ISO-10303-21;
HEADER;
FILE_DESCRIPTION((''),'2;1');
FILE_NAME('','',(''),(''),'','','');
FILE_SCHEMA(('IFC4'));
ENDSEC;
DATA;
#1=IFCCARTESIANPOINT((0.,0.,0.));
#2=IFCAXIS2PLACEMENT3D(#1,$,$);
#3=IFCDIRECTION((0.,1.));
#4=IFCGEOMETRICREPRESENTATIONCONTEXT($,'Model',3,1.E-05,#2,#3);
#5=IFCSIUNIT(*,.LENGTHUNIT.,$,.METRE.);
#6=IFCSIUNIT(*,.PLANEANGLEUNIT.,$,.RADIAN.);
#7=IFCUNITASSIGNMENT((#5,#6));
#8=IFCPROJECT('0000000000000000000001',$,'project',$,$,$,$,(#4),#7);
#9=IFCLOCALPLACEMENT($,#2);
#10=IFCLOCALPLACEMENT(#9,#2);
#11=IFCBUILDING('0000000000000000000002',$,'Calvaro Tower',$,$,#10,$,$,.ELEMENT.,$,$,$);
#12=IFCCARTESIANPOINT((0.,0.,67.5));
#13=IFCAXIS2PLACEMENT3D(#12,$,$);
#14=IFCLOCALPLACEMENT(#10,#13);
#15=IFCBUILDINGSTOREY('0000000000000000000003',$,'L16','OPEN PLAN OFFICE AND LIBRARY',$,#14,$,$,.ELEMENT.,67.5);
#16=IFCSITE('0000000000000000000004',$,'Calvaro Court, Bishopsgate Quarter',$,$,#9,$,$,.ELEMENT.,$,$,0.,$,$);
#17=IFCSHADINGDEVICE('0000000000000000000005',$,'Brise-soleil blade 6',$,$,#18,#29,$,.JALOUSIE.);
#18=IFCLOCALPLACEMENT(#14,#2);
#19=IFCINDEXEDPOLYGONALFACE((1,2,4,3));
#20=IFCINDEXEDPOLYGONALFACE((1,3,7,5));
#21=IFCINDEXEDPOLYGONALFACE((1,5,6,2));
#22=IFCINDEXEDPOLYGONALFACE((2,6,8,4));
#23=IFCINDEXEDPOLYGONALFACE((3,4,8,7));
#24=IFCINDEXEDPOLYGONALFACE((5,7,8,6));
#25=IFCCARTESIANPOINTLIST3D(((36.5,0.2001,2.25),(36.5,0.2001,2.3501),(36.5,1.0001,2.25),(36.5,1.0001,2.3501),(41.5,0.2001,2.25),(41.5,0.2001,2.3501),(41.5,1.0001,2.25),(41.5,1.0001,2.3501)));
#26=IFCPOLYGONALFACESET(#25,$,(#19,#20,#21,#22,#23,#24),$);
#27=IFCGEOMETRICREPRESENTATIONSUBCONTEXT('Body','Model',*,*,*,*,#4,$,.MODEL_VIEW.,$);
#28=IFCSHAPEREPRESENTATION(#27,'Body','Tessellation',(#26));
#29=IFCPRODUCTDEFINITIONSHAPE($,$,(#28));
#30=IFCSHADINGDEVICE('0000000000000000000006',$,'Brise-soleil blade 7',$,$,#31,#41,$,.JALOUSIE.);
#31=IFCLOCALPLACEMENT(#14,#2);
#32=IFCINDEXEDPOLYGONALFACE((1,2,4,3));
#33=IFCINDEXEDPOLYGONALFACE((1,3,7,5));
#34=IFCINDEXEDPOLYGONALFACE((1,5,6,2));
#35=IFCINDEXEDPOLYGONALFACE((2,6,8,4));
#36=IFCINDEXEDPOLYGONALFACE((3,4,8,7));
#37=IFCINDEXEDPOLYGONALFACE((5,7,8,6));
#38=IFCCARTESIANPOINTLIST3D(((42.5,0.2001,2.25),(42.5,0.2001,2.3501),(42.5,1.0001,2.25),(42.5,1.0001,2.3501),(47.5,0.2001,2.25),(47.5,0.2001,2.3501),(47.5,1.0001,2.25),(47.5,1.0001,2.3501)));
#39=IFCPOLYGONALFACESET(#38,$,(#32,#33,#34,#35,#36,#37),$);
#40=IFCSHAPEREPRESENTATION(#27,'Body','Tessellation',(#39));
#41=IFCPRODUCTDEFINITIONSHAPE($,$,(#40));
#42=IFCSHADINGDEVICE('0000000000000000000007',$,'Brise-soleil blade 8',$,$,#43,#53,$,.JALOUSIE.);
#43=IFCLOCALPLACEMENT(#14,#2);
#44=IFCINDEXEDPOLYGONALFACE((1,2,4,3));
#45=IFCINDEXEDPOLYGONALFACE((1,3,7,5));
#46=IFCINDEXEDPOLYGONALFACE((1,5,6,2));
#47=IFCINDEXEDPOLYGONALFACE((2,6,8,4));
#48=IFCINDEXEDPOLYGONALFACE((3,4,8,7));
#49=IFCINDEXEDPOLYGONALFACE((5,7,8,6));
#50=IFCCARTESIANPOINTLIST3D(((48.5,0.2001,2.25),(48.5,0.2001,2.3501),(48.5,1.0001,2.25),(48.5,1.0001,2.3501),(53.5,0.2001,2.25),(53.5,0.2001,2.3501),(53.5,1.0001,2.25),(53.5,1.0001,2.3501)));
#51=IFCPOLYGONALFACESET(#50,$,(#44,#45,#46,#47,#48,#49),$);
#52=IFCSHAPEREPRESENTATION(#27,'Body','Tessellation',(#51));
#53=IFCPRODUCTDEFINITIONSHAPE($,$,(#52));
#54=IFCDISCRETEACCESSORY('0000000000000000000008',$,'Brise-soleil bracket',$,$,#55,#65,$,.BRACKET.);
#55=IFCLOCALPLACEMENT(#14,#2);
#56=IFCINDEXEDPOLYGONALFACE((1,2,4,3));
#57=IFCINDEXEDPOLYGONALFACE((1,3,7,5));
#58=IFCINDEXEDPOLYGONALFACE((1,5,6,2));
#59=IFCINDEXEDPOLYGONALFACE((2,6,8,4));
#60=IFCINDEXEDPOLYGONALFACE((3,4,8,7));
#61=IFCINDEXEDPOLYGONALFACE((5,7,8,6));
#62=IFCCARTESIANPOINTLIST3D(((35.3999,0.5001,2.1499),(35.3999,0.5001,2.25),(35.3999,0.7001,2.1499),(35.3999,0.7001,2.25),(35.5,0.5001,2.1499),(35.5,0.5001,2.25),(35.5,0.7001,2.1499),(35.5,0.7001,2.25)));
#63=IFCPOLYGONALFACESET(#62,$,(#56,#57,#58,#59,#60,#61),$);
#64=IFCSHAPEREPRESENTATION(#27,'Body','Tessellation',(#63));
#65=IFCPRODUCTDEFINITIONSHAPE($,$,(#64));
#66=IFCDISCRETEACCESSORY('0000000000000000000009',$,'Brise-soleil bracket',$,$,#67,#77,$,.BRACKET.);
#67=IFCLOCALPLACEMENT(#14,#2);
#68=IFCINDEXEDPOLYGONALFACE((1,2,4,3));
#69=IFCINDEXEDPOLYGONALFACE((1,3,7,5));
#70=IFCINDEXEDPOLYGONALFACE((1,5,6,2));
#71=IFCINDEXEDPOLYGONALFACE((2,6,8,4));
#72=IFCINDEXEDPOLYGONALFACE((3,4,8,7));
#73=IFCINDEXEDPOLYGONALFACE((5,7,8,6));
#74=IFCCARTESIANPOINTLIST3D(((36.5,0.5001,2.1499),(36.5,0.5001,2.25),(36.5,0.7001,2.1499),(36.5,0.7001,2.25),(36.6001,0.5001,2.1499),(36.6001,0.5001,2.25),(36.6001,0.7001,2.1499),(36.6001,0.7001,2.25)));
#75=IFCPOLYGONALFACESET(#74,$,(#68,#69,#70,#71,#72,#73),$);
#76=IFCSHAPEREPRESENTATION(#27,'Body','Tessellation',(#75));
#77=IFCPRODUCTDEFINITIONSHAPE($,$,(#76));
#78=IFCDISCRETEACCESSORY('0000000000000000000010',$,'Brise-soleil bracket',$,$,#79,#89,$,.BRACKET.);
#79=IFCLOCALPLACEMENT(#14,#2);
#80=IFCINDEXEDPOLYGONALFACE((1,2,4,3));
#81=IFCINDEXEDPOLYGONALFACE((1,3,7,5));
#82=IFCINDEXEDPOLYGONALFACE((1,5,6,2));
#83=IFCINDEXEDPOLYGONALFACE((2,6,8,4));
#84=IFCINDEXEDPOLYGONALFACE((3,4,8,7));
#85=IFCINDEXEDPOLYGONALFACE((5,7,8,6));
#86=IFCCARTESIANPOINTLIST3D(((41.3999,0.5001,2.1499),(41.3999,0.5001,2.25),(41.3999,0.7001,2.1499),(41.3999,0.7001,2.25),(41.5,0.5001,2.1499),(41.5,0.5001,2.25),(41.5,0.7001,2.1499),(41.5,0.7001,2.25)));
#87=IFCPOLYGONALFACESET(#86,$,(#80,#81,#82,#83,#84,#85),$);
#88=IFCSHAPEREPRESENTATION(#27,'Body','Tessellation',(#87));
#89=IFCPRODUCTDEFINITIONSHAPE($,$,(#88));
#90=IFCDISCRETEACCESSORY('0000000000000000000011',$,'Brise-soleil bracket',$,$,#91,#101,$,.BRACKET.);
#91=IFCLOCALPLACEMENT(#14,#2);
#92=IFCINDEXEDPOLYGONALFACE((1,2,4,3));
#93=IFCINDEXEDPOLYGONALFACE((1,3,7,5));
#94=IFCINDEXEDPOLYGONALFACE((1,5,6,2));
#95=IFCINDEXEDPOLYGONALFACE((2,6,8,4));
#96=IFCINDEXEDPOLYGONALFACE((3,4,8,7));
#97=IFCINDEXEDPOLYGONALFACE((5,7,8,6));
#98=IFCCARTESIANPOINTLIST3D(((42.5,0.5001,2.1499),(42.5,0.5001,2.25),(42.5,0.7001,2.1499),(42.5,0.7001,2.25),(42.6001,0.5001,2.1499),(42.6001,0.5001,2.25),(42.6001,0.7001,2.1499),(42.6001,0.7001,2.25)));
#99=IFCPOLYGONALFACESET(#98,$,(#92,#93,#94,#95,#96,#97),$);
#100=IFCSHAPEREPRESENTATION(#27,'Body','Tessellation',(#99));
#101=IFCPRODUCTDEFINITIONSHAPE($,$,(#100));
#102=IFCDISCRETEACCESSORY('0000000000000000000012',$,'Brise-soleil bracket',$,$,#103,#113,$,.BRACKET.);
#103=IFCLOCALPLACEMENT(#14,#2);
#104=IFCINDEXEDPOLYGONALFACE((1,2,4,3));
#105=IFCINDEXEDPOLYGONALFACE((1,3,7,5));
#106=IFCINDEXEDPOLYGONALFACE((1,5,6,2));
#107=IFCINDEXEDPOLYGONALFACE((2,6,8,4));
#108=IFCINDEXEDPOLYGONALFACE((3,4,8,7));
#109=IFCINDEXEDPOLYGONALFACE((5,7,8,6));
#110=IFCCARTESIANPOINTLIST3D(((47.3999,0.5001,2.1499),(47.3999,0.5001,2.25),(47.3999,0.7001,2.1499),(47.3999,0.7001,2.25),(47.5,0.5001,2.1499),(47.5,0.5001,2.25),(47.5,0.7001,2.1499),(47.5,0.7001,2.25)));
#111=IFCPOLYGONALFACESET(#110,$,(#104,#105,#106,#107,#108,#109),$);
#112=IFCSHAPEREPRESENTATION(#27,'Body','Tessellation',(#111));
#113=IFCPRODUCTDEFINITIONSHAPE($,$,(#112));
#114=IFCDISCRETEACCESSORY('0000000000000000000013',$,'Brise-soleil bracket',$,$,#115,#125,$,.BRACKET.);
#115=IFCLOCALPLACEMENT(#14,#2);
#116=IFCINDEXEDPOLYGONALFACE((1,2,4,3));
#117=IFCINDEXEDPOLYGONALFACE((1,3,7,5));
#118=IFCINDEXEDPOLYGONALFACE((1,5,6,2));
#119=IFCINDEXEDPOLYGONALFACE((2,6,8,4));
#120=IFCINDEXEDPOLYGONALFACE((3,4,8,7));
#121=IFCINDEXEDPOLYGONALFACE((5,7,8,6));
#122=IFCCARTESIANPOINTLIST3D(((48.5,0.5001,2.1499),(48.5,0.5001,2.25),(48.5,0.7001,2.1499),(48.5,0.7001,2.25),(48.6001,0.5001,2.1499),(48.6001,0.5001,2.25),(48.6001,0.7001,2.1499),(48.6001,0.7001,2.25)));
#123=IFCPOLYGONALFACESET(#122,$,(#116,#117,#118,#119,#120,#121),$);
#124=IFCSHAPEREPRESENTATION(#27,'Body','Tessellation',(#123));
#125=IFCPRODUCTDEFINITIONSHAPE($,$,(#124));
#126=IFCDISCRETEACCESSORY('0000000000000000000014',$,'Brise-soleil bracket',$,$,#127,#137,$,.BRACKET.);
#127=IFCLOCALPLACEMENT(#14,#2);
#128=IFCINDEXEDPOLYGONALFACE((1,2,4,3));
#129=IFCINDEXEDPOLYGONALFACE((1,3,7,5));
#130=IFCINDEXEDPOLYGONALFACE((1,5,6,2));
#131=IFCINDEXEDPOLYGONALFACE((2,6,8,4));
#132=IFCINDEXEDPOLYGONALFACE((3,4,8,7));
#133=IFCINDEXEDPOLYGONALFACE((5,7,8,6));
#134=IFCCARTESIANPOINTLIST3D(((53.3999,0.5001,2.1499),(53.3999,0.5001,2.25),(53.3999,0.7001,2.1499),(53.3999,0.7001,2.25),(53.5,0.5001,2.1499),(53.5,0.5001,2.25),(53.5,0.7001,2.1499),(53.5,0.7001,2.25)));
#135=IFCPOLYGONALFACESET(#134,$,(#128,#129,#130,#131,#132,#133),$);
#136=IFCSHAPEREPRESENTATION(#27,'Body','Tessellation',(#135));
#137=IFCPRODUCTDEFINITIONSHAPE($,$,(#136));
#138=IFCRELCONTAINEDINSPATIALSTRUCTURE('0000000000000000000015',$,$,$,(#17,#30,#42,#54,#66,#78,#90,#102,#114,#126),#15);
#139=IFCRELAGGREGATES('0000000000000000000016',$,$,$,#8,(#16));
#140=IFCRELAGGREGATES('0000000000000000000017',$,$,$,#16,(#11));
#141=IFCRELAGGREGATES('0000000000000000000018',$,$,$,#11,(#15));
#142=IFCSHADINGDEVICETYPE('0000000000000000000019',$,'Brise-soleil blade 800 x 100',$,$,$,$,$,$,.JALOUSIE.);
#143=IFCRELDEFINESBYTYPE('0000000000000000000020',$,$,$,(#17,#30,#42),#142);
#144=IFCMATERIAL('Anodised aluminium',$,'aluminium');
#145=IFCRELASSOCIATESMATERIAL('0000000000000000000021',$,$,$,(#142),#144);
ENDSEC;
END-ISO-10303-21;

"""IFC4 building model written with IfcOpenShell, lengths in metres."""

from ifc_helpers import new_model, si_unit, direction, frame, origin, origin_2d, place, context, subcontext, project, spatial, rectangle, extrude, material, material_profile, profile_set, type_object, element, save


model = new_model("IFC4")

# Units and contexts
model_context = context("Model", 3, precision=1e-05, world=origin(), true_north=direction((0.0, 1.0)))
body_context = subcontext(model_context, "Body", "Model", "MODEL_VIEW")
ifc_project = project(units=[si_unit("LENGTHUNIT", "METRE"), si_unit("PLANEANGLEUNIT", "RADIAN")], contexts=[model_context])

# Site, building, storey
site_placement = place(None, origin())
site = spatial("IfcSite", under=ifc_project, at=site_placement, Name="Calvaro Court, Bishopsgate Quarter", CompositionType="ELEMENT", RefElevation=0.0)
building_placement = place(site_placement, origin())
building = spatial("IfcBuilding", under=site, at=building_placement, Name="Calvaro Tower", CompositionType="ELEMENT")
storey_placement = place(building_placement, frame((0.0, 0.0, 67.5)))
storey = spatial("IfcBuildingStorey", under=building, at=storey_placement, Name="L16", Description="OPEN PLAN OFFICE AND LIBRARY", CompositionType="ELEMENT", Elevation=67.5)

# Shading devices
ifc_material_1 = material(Name="Anodised aluminium", Category="aluminium")
ifc_material_profile_1 = material_profile(ifc_material_1, rectangle(XDim=0.8, YDim=0.1001, at=origin_2d()), Name="Brise-soleil blade 800 x 100")
ifc_profile_set_1 = profile_set([ifc_material_profile_1], Name="Anodised aluminium")
shading_device_type = type_object("IfcShadingDeviceType", Name="Brise-soleil blade 800 x 100", PredefinedType="JALOUSIE", material=ifc_profile_set_1)
for number, where, z_axis, x_axis, name in (
    (1, (36.5, 0.6001, 2.3), (1.0, 0.0, 0.0), (0.0, 1.0, 0.0), "Brise-soleil blade 6"),
    (2, (42.5, 0.6001, 2.3), (1.0, 0.0, 0.0), (0.0, 1.0, 0.0), "Brise-soleil blade 7"),
    (3, (48.5, 0.6001, 2.3), (1.0, 0.0, 0.0), (0.0, 1.0, 0.0), "Brise-soleil blade 8"),
):
    element("IfcShadingDevice", number, at=place(storey_placement, frame(where, z_axis=z_axis, x_axis=x_axis)), inside=storey, type_object=shading_device_type, Name=name, PredefinedType="JALOUSIE", context=body_context, shape_type="SweptSolid", body=[
        extrude(rectangle(XDim=0.8, YDim=0.1001, at=origin_2d()), origin(), (0.0, 0.0, 1.0), 5.0),
    ])

# Discrete accessories
for number, where, z_axis, x_axis, name in (
    (4, (35.45, 0.6001, 2.1499), (0.0, 0.0, 1.0), (1.0, 0.0, 0.0), "Brise-soleil bracket"),
    (5, (36.55, 0.6001, 2.1499), (0.0, 0.0, 1.0), (1.0, 0.0, 0.0), "Brise-soleil bracket"),
    (6, (41.45, 0.6001, 2.1499), (0.0, 0.0, 1.0), (1.0, 0.0, 0.0), "Brise-soleil bracket"),
    (7, (42.55, 0.6001, 2.1499), (0.0, 0.0, 1.0), (1.0, 0.0, 0.0), "Brise-soleil bracket"),
    (8, (47.45, 0.6001, 2.1499), (0.0, 0.0, 1.0), (1.0, 0.0, 0.0), "Brise-soleil bracket"),
    (9, (48.55, 0.6001, 2.1499), (0.0, 0.0, 1.0), (1.0, 0.0, 0.0), "Brise-soleil bracket"),
    (10, (53.45, 0.6001, 2.1499), (0.0, 0.0, 1.0), (1.0, 0.0, 0.0), "Brise-soleil bracket"),
):
    element("IfcDiscreteAccessory", number, at=place(storey_placement, frame(where, z_axis=z_axis, x_axis=x_axis)), inside=storey, Name=name, PredefinedType="BRACKET", context=body_context, shape_type="SweptSolid", body=[
        extrude(rectangle(XDim=0.1001, YDim=0.2, at=origin_2d()), origin(), (0.0, 0.0, 1.0), 0.1001),
    ])

save(model, "model.ifc")
